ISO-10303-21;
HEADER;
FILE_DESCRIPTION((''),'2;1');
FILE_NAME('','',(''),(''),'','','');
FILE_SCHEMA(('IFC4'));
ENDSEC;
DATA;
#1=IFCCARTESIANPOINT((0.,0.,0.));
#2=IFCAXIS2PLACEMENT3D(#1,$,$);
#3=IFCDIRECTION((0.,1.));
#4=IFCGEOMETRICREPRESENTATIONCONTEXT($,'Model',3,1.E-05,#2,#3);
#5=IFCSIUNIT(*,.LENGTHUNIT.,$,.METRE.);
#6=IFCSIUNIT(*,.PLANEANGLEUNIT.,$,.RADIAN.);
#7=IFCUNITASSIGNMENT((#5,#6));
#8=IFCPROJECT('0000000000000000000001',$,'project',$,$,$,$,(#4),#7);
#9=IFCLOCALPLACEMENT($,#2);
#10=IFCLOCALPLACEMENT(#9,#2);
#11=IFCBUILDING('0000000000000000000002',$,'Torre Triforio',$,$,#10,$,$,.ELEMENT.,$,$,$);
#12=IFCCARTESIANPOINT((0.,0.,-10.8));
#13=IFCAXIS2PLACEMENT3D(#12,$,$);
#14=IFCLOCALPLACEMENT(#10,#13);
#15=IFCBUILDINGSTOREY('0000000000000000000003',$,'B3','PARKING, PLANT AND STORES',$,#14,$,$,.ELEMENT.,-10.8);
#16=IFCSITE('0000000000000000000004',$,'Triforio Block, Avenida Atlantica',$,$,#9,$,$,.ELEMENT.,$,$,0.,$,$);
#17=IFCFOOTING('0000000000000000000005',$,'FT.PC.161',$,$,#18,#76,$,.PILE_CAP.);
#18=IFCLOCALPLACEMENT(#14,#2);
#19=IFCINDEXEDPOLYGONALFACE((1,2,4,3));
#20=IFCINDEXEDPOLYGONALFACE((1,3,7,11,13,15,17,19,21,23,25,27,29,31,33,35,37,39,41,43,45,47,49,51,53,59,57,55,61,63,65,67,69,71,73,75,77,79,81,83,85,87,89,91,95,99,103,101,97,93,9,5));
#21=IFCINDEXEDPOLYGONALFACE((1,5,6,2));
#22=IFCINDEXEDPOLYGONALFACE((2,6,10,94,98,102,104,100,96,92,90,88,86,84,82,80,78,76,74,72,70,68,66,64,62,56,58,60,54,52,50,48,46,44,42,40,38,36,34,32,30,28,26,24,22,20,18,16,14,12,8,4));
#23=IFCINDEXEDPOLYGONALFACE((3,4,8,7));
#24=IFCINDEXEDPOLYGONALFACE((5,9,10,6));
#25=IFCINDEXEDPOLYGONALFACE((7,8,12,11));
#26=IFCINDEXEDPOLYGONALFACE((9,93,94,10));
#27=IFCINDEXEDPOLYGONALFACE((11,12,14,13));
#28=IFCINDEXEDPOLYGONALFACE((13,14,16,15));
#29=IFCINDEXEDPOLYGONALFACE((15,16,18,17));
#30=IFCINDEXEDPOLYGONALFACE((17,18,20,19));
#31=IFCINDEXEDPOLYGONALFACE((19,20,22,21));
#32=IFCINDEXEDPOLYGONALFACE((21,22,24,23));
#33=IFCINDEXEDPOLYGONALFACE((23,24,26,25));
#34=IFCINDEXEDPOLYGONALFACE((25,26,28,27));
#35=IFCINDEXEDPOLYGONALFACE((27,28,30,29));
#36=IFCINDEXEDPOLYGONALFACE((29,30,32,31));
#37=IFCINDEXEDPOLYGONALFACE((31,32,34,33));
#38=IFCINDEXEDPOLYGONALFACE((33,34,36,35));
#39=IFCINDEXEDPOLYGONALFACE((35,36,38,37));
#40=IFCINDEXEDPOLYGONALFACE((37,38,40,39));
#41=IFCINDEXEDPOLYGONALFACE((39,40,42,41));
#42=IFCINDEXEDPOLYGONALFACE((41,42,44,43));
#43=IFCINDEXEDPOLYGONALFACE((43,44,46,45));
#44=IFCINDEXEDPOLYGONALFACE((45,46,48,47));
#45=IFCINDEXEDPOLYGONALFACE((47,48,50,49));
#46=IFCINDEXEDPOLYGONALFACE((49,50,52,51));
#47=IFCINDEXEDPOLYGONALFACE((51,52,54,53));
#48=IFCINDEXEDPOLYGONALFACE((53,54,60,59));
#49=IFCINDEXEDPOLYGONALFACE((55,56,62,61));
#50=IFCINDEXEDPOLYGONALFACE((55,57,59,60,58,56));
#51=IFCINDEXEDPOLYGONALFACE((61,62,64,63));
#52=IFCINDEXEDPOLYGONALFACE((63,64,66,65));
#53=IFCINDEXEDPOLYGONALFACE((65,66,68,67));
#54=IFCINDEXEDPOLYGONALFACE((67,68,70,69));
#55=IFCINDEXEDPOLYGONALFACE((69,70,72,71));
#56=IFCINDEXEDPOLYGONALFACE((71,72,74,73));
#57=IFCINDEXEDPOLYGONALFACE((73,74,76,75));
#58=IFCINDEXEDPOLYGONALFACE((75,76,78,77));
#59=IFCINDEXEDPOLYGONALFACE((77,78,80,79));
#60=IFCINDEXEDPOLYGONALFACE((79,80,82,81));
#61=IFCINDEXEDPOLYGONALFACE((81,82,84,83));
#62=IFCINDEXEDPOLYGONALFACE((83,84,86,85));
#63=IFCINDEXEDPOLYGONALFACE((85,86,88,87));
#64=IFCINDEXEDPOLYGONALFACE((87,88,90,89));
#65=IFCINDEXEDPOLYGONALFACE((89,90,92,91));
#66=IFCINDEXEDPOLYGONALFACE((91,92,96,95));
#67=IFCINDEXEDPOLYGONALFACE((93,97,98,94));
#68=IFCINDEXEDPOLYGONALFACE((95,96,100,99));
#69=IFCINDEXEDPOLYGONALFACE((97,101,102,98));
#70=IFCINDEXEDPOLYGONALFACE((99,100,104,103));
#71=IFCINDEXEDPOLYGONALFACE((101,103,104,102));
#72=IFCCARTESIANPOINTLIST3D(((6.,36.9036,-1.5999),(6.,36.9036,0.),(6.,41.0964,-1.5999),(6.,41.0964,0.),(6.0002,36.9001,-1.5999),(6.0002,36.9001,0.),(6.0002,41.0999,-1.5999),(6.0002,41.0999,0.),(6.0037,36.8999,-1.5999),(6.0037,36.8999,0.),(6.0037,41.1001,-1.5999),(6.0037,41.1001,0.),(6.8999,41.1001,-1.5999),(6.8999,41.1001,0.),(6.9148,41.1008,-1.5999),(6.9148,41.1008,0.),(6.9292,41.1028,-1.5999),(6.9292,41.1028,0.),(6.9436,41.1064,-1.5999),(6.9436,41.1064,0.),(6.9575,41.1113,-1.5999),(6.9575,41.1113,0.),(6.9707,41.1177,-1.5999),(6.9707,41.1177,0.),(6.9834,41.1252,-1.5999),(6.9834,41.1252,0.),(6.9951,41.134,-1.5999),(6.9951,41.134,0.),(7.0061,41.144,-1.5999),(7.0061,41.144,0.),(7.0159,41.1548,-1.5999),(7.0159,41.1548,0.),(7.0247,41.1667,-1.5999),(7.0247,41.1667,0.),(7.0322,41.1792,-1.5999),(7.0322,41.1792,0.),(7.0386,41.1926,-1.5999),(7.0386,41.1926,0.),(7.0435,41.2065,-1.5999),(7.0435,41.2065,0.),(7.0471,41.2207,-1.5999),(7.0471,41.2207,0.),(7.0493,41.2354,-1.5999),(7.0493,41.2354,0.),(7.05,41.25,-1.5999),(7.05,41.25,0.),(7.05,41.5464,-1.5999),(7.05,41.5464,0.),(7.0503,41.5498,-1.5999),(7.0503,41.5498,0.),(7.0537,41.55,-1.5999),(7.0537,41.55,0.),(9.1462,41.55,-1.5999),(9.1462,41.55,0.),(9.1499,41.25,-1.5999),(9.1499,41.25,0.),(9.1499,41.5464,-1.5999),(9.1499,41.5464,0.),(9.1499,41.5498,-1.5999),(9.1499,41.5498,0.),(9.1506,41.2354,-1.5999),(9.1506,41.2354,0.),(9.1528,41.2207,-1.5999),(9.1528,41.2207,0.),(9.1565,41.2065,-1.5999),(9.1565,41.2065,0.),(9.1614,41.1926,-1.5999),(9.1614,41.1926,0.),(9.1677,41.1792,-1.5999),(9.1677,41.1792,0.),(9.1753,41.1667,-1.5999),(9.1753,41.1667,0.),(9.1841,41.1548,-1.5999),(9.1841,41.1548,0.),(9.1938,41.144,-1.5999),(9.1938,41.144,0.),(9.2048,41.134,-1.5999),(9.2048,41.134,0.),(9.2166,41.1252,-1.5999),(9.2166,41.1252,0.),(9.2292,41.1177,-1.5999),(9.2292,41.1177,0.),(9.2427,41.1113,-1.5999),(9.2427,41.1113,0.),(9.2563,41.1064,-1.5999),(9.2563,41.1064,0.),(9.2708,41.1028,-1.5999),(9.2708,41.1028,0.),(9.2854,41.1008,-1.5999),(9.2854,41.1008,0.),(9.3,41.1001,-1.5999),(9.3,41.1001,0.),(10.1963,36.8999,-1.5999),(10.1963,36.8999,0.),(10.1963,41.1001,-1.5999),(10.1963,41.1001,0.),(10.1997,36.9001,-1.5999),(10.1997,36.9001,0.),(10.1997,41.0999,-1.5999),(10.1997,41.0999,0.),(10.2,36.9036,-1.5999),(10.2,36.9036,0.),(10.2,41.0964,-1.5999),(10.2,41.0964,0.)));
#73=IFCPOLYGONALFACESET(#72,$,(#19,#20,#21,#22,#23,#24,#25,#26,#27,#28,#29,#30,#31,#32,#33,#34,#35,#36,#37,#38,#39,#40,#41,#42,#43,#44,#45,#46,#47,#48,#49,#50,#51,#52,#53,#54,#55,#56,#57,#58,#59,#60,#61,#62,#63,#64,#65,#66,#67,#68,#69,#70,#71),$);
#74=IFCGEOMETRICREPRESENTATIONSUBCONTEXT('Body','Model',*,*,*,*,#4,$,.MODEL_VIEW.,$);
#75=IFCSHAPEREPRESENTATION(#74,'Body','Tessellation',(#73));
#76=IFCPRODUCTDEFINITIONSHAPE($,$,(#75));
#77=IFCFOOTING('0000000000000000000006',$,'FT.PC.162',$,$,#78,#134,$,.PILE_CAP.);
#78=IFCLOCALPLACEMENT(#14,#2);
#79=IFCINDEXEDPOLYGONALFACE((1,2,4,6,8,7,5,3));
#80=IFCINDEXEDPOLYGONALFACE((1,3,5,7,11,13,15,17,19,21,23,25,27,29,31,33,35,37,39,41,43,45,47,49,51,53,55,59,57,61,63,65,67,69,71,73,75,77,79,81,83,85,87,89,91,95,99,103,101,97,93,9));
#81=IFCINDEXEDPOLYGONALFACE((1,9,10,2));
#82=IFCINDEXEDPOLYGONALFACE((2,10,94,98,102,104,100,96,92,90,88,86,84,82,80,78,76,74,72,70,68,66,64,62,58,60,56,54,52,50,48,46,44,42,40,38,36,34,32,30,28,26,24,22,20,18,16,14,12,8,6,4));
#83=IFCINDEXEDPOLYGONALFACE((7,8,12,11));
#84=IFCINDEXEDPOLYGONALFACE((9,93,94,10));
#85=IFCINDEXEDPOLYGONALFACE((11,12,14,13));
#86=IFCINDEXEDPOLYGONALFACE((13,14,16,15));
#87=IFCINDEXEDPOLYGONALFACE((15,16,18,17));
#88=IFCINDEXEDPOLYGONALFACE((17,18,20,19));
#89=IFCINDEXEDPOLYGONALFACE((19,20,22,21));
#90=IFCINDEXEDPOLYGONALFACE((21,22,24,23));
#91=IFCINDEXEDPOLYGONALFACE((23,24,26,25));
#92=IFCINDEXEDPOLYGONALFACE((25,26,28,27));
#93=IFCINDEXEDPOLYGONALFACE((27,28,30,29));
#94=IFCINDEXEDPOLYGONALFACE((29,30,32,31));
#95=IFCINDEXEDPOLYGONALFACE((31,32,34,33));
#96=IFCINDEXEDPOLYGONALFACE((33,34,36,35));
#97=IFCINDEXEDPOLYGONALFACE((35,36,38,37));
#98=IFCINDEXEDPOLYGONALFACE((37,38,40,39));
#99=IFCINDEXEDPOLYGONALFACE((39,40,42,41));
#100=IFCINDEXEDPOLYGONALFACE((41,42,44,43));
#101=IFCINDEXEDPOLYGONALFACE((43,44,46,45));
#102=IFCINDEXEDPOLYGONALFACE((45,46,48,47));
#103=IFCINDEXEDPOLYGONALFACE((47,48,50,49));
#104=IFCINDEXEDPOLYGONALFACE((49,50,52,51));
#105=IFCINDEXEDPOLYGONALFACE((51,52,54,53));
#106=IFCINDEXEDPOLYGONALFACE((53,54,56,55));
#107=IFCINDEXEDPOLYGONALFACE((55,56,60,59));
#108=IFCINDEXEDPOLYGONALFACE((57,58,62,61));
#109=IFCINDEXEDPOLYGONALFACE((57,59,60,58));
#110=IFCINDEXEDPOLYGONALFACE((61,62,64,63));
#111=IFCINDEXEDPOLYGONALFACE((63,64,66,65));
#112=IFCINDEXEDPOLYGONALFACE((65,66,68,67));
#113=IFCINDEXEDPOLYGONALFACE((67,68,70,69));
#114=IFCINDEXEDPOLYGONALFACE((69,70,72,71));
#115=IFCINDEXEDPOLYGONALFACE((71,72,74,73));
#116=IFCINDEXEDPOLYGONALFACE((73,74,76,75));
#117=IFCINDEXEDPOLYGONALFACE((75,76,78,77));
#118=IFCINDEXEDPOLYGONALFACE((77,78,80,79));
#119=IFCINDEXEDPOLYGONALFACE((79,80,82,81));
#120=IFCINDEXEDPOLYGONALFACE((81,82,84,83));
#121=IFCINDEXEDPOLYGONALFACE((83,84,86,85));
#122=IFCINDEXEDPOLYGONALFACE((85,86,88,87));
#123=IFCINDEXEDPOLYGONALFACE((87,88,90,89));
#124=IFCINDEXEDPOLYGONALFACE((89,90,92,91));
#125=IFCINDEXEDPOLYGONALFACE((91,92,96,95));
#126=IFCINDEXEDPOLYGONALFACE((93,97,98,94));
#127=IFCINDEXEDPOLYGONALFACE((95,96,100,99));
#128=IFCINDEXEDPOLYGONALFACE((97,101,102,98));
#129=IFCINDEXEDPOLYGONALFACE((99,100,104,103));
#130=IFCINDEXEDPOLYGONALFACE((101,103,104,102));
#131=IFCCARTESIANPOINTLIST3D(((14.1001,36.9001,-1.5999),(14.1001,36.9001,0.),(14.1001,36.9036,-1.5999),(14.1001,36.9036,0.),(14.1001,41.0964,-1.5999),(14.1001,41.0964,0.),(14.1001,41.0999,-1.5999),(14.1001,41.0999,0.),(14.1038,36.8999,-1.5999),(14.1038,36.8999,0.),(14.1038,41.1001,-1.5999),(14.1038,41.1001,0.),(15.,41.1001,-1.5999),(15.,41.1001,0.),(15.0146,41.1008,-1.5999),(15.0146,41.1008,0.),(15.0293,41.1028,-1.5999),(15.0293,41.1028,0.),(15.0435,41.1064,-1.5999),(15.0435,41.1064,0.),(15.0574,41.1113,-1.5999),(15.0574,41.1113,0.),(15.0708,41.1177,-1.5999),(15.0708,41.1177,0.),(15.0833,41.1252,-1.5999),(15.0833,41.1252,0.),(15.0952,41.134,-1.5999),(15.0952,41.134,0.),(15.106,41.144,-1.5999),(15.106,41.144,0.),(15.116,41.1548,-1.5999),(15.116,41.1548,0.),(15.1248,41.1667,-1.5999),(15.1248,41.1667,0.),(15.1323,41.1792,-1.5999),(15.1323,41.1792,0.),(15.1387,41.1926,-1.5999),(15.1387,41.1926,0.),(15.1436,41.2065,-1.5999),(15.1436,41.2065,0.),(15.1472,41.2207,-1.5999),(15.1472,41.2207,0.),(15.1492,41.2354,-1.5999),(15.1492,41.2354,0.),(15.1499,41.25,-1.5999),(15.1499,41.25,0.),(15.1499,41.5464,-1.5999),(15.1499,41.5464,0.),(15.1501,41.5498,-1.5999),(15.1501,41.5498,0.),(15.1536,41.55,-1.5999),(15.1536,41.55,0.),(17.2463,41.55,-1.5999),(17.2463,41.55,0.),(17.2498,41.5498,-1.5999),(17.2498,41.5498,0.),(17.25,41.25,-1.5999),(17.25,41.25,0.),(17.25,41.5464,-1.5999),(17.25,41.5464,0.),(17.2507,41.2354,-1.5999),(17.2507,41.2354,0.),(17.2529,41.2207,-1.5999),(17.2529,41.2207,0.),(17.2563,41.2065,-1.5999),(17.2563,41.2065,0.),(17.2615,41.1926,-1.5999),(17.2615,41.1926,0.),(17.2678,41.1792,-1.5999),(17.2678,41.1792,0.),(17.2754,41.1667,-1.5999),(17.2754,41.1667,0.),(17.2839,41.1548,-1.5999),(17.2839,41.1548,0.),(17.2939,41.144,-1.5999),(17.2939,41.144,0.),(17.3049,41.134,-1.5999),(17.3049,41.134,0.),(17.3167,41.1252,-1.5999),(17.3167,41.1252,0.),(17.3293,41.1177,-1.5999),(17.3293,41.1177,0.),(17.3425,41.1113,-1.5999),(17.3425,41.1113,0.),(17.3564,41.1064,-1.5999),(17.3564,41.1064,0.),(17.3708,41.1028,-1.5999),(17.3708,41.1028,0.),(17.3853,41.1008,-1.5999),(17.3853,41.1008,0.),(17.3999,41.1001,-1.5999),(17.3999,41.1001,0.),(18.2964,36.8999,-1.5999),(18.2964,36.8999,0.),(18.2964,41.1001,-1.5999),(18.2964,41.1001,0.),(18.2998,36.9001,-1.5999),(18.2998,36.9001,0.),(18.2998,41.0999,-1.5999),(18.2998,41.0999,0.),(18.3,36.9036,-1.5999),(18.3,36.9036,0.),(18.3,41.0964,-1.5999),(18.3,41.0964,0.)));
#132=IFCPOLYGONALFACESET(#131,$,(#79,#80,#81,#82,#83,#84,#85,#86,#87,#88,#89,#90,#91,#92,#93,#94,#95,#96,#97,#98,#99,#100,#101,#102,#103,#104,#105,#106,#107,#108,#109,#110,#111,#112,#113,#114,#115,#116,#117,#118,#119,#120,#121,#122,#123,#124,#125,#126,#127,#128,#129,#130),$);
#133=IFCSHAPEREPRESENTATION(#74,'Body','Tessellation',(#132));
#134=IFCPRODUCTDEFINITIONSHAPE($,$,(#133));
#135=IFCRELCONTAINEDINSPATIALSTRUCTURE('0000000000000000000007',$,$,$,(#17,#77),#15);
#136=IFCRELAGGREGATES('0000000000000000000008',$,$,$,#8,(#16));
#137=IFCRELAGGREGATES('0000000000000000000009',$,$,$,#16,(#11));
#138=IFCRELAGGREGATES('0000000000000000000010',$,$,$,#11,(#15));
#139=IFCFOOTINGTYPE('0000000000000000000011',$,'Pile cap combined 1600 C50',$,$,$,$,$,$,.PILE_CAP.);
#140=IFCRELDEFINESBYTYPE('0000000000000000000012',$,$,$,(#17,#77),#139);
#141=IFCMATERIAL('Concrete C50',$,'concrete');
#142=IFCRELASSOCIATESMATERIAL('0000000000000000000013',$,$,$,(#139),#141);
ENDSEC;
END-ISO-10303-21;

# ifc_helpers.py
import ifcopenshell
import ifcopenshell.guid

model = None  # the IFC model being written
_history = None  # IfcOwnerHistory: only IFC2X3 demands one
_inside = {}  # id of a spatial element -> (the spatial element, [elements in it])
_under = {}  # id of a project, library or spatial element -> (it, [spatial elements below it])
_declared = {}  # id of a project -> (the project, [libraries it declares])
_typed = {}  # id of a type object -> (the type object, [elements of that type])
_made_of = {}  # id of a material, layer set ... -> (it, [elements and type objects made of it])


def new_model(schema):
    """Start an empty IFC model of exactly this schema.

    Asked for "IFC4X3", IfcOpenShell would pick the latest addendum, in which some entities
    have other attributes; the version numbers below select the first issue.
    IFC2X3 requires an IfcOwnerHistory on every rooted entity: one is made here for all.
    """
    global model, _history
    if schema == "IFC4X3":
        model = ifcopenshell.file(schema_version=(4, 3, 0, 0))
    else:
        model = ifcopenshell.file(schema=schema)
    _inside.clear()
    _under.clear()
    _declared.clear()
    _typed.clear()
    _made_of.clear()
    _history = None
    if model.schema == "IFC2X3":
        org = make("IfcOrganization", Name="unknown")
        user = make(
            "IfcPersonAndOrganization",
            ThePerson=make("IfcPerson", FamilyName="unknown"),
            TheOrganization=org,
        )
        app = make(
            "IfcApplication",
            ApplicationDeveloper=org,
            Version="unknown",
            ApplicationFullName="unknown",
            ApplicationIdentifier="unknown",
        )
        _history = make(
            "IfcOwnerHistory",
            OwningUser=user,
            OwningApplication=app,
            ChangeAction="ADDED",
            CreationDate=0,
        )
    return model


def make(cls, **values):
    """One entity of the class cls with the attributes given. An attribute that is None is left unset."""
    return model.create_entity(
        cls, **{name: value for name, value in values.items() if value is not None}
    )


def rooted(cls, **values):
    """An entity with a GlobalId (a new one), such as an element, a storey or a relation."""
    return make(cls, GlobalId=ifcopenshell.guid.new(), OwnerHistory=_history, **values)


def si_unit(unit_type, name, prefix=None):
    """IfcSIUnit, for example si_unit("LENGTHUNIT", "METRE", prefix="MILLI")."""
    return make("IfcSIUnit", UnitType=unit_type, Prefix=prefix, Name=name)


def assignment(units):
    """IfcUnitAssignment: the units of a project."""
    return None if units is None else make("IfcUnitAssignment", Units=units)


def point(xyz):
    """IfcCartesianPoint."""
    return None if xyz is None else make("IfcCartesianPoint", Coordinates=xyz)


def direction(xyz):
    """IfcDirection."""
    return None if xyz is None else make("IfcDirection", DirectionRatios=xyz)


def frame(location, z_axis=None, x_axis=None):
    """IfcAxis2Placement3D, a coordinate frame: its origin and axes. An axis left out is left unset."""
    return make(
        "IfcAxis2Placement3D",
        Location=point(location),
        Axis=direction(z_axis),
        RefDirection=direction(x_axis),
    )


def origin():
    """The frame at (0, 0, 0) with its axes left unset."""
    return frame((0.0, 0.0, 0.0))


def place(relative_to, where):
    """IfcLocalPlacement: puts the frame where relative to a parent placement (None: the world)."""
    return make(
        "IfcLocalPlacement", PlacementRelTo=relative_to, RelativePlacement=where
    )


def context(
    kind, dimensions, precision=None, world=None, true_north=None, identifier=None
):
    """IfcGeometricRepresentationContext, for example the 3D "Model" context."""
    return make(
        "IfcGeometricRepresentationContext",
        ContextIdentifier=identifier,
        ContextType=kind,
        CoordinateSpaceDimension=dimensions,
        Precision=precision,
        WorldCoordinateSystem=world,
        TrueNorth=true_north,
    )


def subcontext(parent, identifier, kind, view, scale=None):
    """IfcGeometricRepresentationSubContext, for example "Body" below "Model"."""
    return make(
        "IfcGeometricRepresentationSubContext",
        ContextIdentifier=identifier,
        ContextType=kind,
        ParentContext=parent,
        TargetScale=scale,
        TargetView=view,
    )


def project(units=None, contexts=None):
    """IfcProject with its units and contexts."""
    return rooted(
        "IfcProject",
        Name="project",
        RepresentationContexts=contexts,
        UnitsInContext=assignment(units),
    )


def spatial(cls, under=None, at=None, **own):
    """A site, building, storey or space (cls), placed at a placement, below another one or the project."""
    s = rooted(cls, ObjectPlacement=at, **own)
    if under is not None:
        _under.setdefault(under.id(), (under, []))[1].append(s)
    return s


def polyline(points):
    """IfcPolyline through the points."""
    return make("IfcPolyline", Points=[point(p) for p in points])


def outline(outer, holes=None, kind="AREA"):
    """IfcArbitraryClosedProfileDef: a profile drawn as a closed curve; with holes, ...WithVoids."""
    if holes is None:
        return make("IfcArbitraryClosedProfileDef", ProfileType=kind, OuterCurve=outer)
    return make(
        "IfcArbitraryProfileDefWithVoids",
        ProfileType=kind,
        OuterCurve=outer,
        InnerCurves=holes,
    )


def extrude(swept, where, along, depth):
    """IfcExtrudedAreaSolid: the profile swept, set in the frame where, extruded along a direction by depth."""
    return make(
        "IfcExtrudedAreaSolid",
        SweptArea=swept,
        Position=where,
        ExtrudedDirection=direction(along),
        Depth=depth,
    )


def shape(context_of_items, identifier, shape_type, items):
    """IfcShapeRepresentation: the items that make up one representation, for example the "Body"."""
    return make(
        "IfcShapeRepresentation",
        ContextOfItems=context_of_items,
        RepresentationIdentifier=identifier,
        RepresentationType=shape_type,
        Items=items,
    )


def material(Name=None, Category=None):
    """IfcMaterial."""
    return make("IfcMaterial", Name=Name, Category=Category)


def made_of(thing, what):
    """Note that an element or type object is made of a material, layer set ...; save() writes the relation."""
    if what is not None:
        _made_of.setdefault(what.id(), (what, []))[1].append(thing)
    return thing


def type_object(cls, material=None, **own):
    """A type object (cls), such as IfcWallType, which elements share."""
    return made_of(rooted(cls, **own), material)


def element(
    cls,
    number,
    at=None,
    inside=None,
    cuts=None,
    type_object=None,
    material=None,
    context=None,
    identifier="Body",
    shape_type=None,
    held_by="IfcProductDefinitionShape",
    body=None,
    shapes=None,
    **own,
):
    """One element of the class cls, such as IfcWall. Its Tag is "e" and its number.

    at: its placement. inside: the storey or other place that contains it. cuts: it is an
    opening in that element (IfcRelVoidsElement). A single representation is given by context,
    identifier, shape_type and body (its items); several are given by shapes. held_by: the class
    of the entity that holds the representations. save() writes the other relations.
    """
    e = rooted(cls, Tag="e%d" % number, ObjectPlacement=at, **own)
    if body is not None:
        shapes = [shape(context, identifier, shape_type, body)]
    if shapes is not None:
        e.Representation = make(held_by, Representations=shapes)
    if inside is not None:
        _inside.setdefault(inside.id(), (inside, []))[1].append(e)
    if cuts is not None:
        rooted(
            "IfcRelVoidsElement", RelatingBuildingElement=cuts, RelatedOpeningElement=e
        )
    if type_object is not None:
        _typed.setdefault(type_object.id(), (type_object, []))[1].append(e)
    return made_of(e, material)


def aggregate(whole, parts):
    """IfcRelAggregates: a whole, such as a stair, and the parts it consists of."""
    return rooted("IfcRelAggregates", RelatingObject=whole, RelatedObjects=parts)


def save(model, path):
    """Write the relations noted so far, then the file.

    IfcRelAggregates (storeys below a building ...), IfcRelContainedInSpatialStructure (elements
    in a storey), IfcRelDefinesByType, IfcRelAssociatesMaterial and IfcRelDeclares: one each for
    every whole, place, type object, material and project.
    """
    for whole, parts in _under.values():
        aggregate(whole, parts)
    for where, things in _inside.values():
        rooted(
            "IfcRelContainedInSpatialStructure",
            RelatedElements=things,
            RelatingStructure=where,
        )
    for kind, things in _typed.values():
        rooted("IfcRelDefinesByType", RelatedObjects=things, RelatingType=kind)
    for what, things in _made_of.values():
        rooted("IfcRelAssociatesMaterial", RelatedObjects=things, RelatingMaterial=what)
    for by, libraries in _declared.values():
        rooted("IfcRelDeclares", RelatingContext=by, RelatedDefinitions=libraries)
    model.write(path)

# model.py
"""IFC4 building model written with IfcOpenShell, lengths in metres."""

from ifc_helpers import new_model, si_unit, direction, frame, origin, place, context, subcontext, project, spatial, polyline, outline, extrude, material, type_object, element, save


model = new_model("IFC4")

# Units and contexts
model_context = context("Model", 3, precision=1e-05, world=origin(), true_north=direction((0.0, 1.0)))
body_context = subcontext(model_context, "Body", "Model", "MODEL_VIEW")
ifc_project = project(units=[si_unit("LENGTHUNIT", "METRE"), si_unit("PLANEANGLEUNIT", "RADIAN")], contexts=[model_context])

# Site, building, storey
site_placement = place(None, origin())
site = spatial("IfcSite", under=ifc_project, at=site_placement, Name="Triforio Block, Avenida Atlantica", CompositionType="ELEMENT", RefElevation=0.0)
building_placement = place(site_placement, origin())
building = spatial("IfcBuilding", under=site, at=building_placement, Name="Torre Triforio", CompositionType="ELEMENT")
storey_placement = place(building_placement, frame((0.0, 0.0, -10.8)))
storey = spatial("IfcBuildingStorey", under=building, at=storey_placement, Name="B3", Description="PARKING, PLANT AND STORES", CompositionType="ELEMENT", Elevation=-10.8)

# Footings
ifc_material_1 = material(Name="Concrete C50", Category="concrete")
footing_type_1 = type_object("IfcFootingType", Name="Pile cap combined 1600 C50", PredefinedType="PILE_CAP", material=ifc_material_1)
footing_1_placement = place(storey_placement, frame((0.0, 0.0, -1.5999)))
element("IfcFooting", 1, at=footing_1_placement, inside=storey, type_object=footing_type_1, Name="FT.PC.161", PredefinedType="PILE_CAP", context=body_context, shape_type="SweptSolid", body=[
    extrude(outline(polyline([(6.0002, 36.9001), (6.0037, 36.8999), (10.1963, 36.8999), (10.1997, 36.9001), (10.2, 36.9036), (10.2, 41.0964), (10.1997, 41.0999), (10.1963, 41.1001), (9.3, 41.1001), (9.2854, 41.1008), (9.2708, 41.1028), (9.2563, 41.1064), (9.2427, 41.1113), (9.2292, 41.1177), (9.2166, 41.1252), (9.2048, 41.134), (9.1938, 41.144), (9.1841, 41.1548), (9.1753, 41.1667), (9.1677, 41.1792), (9.1614, 41.1926), (9.1565, 41.2065), (9.1528, 41.2207), (9.1506, 41.2354), (9.1499, 41.25), (9.1499, 41.5464), (9.1499, 41.5498), (9.1462, 41.55), (7.0537, 41.55), (7.0503, 41.5498), (7.05, 41.5464), (7.05, 41.25), (7.0493, 41.2354), (7.0471, 41.2207), (7.0435, 41.2065), (7.0386, 41.1926), (7.0322, 41.1792), (7.0247, 41.1667), (7.0159, 41.1548), (7.0061, 41.144), (6.9951, 41.134), (6.9834, 41.1252), (6.9707, 41.1177), (6.9575, 41.1113), (6.9436, 41.1064), (6.9292, 41.1028), (6.9148, 41.1008), (6.8999, 41.1001), (6.0037, 41.1001), (6.0002, 41.0999), (6.0, 41.0964), (6.0, 36.9036), (6.0002, 36.9001)])), origin(), (0.0, 0.0, 1.0), 1.5999),
])
footing_2_placement = place(storey_placement, frame((0.0, 0.0, -1.5999)))
element("IfcFooting", 2, at=footing_2_placement, inside=storey, type_object=footing_type_1, Name="FT.PC.162", PredefinedType="PILE_CAP", context=body_context, shape_type="SweptSolid", body=[
    extrude(outline(polyline([(14.1001, 36.9001), (14.1038, 36.8999), (18.2964, 36.8999), (18.2998, 36.9001), (18.3, 36.9036), (18.3, 41.0964), (18.2998, 41.0999), (18.2964, 41.1001), (17.3999, 41.1001), (17.3853, 41.1008), (17.3708, 41.1028), (17.3564, 41.1064), (17.3425, 41.1113), (17.3293, 41.1177), (17.3167, 41.1252), (17.3049, 41.134), (17.2939, 41.144), (17.2839, 41.1548), (17.2754, 41.1667), (17.2678, 41.1792), (17.2615, 41.1926), (17.2563, 41.2065), (17.2529, 41.2207), (17.2507, 41.2354), (17.25, 41.25), (17.25, 41.5464), (17.2498, 41.5498), (17.2463, 41.55), (15.1536, 41.55), (15.1501, 41.5498), (15.1499, 41.5464), (15.1499, 41.25), (15.1492, 41.2354), (15.1472, 41.2207), (15.1436, 41.2065), (15.1387, 41.1926), (15.1323, 41.1792), (15.1248, 41.1667), (15.116, 41.1548), (15.106, 41.144), (15.0952, 41.134), (15.0833, 41.1252), (15.0708, 41.1177), (15.0574, 41.1113), (15.0435, 41.1064), (15.0293, 41.1028), (15.0146, 41.1008), (15.0, 41.1001), (14.1038, 41.1001), (14.1001, 41.0999), (14.1001, 41.0964), (14.1001, 36.9036), (14.1001, 36.9001)])), origin(), (0.0, 0.0, 1.0), 1.5999),
])

save(model, "model.ifc")
